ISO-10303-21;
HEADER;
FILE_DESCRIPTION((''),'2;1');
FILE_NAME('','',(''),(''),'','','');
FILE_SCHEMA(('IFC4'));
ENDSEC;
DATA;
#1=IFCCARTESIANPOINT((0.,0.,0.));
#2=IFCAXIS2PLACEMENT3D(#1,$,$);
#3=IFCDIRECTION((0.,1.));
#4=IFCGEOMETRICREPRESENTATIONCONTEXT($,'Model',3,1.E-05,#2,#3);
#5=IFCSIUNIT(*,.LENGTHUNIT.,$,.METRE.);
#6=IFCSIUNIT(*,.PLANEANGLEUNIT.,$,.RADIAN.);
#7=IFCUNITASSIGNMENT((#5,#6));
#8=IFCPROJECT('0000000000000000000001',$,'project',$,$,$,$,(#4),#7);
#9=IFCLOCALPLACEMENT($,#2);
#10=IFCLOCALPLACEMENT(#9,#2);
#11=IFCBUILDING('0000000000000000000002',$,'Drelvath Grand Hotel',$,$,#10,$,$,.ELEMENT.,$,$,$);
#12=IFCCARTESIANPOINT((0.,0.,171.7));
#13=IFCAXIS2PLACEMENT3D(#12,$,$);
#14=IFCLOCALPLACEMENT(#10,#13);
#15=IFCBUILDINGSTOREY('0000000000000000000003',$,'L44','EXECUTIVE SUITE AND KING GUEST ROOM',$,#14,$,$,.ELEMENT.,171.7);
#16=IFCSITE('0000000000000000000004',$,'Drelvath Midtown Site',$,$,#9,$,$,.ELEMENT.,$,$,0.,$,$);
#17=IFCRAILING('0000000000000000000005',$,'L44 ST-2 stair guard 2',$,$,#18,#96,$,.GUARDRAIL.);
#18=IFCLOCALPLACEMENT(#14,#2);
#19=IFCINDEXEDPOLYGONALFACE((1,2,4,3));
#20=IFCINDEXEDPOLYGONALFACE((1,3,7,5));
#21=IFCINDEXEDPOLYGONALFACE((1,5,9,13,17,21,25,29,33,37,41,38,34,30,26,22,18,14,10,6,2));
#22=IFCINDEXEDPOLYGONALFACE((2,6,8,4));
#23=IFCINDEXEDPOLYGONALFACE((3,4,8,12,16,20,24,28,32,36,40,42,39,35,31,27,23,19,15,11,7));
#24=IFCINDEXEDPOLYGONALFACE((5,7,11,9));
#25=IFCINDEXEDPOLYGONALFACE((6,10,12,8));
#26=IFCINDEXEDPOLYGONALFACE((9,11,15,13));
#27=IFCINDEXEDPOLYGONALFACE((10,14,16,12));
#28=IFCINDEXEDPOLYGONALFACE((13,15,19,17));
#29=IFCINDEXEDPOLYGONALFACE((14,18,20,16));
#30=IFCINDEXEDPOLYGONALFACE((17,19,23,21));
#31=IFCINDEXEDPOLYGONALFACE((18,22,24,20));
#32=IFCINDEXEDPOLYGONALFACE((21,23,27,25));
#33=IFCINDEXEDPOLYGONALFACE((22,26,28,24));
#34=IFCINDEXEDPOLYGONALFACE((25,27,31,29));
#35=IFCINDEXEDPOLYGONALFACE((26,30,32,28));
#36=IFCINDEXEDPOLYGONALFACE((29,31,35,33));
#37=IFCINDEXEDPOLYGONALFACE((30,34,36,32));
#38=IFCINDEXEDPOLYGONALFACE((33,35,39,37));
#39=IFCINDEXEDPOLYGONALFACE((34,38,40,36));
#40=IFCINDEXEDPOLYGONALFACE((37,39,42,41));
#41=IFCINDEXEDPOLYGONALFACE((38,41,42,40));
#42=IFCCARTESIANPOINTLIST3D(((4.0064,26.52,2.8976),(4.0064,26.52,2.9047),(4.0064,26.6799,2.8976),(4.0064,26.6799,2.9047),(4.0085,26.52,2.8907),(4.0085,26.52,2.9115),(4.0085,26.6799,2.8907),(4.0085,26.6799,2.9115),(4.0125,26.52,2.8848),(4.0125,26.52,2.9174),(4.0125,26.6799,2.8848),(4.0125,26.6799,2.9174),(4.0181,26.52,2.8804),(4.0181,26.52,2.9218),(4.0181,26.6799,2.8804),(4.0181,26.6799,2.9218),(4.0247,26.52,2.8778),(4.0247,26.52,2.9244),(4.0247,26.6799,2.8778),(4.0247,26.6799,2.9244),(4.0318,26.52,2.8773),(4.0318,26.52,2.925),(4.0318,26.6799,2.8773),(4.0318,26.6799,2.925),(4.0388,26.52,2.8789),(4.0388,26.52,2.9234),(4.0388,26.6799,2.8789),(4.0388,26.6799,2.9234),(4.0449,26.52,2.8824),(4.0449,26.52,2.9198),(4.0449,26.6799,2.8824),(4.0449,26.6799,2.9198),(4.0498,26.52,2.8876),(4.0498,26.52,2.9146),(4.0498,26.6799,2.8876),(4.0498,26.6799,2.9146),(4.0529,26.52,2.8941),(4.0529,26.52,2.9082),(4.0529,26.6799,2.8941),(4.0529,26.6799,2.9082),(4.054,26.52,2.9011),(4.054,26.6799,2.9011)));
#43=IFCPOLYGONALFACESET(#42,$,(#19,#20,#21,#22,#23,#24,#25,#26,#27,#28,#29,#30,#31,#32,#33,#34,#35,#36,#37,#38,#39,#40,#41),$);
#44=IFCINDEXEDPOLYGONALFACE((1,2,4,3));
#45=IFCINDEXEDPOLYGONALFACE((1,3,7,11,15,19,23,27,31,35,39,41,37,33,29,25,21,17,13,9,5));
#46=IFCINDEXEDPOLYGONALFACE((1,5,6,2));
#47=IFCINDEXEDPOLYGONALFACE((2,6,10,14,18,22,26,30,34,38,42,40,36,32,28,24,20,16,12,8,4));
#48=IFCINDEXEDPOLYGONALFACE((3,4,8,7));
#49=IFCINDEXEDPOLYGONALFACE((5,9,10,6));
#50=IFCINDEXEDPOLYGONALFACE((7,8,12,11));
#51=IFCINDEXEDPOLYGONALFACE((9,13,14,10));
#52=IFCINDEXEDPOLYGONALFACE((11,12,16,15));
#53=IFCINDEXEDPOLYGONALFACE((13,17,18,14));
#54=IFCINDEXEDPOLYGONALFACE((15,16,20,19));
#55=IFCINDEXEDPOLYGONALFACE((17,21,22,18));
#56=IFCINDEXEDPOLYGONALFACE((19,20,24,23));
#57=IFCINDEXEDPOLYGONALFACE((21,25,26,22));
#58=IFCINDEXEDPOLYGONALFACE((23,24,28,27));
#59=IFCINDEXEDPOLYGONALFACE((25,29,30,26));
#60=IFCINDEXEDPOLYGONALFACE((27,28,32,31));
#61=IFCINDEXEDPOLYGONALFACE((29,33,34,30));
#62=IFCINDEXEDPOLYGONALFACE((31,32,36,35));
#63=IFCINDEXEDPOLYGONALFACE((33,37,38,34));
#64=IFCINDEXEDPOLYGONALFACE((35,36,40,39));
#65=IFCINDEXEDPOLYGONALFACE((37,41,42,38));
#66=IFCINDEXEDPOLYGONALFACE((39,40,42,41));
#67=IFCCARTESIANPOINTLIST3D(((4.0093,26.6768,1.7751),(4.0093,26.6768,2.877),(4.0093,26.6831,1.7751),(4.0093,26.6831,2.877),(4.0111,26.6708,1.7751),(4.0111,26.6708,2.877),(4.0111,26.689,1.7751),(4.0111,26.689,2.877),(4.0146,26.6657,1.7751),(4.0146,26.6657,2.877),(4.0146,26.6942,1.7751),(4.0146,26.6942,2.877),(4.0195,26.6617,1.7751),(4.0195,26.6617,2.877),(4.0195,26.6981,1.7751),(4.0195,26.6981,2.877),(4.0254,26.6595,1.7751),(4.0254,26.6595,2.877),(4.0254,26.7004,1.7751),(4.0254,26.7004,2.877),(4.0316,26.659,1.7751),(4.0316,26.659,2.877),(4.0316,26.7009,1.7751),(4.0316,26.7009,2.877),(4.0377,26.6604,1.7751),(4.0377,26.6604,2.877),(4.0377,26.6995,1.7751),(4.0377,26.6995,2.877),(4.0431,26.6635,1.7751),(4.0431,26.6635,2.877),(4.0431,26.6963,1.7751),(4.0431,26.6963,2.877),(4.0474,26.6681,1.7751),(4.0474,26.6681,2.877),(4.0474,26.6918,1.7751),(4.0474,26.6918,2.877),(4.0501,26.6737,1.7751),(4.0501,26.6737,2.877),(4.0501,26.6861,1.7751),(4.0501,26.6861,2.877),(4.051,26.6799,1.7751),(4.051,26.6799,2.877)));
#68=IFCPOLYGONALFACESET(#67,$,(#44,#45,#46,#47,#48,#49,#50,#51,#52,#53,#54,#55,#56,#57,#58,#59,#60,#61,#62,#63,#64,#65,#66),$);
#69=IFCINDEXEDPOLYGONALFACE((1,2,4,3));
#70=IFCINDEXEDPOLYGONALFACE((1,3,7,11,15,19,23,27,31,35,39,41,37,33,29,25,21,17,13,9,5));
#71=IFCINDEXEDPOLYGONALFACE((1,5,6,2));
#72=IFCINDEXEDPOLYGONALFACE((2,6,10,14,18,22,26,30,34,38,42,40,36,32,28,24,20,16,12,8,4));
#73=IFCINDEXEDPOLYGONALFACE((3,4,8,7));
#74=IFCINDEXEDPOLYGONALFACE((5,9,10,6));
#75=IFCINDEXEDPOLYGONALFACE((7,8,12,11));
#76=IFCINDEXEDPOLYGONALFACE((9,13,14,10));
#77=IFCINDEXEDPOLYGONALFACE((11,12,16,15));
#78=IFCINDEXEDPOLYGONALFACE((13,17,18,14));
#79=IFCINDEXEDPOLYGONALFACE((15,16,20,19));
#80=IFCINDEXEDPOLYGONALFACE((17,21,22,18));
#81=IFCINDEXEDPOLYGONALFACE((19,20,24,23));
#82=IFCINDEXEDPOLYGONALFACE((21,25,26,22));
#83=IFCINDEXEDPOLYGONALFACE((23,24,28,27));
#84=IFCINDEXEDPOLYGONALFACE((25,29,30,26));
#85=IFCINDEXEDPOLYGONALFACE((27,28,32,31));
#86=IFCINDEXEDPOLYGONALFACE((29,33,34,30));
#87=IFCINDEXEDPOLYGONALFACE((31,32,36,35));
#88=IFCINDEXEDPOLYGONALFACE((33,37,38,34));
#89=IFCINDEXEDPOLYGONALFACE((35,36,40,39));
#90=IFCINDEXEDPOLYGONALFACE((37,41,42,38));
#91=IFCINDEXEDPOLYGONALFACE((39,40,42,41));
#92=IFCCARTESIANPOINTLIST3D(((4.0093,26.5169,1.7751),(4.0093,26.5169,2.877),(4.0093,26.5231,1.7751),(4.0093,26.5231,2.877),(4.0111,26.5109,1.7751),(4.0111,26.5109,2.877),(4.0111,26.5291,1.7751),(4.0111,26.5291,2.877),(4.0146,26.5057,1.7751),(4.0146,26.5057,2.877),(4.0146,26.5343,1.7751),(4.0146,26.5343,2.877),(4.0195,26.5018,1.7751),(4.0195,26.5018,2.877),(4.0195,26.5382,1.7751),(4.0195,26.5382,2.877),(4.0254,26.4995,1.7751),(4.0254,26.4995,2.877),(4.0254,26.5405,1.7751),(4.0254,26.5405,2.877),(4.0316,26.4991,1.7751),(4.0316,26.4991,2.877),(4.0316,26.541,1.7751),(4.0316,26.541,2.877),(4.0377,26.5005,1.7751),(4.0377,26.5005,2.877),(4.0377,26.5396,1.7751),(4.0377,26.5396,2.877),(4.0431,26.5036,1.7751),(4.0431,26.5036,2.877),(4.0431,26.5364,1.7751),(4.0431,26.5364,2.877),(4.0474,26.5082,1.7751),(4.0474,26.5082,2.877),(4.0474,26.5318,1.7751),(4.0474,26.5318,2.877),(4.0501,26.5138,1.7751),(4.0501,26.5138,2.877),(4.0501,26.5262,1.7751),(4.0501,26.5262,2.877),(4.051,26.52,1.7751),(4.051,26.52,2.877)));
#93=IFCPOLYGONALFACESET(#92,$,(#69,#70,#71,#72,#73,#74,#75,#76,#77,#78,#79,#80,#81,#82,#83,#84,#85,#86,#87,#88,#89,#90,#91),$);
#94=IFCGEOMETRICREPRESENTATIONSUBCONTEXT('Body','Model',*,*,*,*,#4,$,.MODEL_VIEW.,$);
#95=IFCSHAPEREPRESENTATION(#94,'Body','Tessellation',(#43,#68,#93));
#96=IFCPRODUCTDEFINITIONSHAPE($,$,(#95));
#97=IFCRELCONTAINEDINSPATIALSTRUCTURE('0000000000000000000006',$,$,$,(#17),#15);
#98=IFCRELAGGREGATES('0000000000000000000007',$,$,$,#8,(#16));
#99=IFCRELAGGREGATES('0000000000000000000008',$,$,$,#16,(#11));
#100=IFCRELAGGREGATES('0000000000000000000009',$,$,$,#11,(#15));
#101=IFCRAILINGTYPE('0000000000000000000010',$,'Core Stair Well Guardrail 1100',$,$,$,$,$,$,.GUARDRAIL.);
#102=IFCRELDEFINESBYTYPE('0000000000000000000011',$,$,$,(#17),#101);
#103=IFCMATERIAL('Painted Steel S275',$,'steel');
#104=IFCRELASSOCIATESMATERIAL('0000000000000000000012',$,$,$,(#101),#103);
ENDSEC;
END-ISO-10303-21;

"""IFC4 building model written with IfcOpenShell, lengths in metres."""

from ifc_helpers import new_model, si_unit, direction, frame, origin, origin_2d, place, context, subcontext, project, spatial, circle, extrude, material, type_object, element, save


model = new_model("IFC4")

# Units and contexts
model_context = context("Model", 3, precision=1e-05, world=origin(), true_north=direction((0.0, 1.0)))
body_context = subcontext(model_context, "Body", "Model", "MODEL_VIEW")
ifc_project = project(units=[si_unit("LENGTHUNIT", "METRE"), si_unit("PLANEANGLEUNIT", "RADIAN")], contexts=[model_context])

# Site, building, storey
site_placement = place(None, origin())
site = spatial("IfcSite", under=ifc_project, at=site_placement, Name="Drelvath Midtown Site", CompositionType="ELEMENT", RefElevation=0.0)
building_placement = place(site_placement, origin())
building = spatial("IfcBuilding", under=site, at=building_placement, Name="Drelvath Grand Hotel", CompositionType="ELEMENT")
storey_placement = place(building_placement, frame((0.0, 0.0, 171.7)))
storey = spatial("IfcBuildingStorey", under=building, at=storey_placement, Name="L44", Description="EXECUTIVE SUITE AND KING GUEST ROOM", CompositionType="ELEMENT", Elevation=171.7)

# Shared definitions
ifc_material_1 = material(Name="Painted Steel S275", Category="steel")

# Railing
railing_type_1 = type_object("IfcRailingType", Name="Core Stair Well Guardrail 1100", PredefinedType="GUARDRAIL", material=ifc_material_1)
railing_1_placement = place(storey_placement, frame((4.03, 26.6799, 1.7751)))
element("IfcRailing", 1, at=railing_1_placement, inside=storey, type_object=railing_type_1, Name="L44 ST-2 stair guard 2", PredefinedType="GUARDRAIL", context=body_context, shape_type="SweptSolid", body=[
    extrude(circle(Radius=0.0239, at=origin_2d()), frame((0.0, 0.0, 1.126), z_axis=(0.0, -1.0, 0.0), x_axis=(1.0, 0.0, 0.0)), (0.0, 0.0, 1.0), 0.1599),
    extrude(circle(Radius=0.021, at=origin_2d()), origin(), (0.0, 0.0, 1.0), 1.1018),
    extrude(circle(Radius=0.021, at=origin_2d()), frame((0.0, -0.1599, 0.0)), (0.0, 0.0, 1.0), 1.1018),
])

save(model, "model.ifc")
